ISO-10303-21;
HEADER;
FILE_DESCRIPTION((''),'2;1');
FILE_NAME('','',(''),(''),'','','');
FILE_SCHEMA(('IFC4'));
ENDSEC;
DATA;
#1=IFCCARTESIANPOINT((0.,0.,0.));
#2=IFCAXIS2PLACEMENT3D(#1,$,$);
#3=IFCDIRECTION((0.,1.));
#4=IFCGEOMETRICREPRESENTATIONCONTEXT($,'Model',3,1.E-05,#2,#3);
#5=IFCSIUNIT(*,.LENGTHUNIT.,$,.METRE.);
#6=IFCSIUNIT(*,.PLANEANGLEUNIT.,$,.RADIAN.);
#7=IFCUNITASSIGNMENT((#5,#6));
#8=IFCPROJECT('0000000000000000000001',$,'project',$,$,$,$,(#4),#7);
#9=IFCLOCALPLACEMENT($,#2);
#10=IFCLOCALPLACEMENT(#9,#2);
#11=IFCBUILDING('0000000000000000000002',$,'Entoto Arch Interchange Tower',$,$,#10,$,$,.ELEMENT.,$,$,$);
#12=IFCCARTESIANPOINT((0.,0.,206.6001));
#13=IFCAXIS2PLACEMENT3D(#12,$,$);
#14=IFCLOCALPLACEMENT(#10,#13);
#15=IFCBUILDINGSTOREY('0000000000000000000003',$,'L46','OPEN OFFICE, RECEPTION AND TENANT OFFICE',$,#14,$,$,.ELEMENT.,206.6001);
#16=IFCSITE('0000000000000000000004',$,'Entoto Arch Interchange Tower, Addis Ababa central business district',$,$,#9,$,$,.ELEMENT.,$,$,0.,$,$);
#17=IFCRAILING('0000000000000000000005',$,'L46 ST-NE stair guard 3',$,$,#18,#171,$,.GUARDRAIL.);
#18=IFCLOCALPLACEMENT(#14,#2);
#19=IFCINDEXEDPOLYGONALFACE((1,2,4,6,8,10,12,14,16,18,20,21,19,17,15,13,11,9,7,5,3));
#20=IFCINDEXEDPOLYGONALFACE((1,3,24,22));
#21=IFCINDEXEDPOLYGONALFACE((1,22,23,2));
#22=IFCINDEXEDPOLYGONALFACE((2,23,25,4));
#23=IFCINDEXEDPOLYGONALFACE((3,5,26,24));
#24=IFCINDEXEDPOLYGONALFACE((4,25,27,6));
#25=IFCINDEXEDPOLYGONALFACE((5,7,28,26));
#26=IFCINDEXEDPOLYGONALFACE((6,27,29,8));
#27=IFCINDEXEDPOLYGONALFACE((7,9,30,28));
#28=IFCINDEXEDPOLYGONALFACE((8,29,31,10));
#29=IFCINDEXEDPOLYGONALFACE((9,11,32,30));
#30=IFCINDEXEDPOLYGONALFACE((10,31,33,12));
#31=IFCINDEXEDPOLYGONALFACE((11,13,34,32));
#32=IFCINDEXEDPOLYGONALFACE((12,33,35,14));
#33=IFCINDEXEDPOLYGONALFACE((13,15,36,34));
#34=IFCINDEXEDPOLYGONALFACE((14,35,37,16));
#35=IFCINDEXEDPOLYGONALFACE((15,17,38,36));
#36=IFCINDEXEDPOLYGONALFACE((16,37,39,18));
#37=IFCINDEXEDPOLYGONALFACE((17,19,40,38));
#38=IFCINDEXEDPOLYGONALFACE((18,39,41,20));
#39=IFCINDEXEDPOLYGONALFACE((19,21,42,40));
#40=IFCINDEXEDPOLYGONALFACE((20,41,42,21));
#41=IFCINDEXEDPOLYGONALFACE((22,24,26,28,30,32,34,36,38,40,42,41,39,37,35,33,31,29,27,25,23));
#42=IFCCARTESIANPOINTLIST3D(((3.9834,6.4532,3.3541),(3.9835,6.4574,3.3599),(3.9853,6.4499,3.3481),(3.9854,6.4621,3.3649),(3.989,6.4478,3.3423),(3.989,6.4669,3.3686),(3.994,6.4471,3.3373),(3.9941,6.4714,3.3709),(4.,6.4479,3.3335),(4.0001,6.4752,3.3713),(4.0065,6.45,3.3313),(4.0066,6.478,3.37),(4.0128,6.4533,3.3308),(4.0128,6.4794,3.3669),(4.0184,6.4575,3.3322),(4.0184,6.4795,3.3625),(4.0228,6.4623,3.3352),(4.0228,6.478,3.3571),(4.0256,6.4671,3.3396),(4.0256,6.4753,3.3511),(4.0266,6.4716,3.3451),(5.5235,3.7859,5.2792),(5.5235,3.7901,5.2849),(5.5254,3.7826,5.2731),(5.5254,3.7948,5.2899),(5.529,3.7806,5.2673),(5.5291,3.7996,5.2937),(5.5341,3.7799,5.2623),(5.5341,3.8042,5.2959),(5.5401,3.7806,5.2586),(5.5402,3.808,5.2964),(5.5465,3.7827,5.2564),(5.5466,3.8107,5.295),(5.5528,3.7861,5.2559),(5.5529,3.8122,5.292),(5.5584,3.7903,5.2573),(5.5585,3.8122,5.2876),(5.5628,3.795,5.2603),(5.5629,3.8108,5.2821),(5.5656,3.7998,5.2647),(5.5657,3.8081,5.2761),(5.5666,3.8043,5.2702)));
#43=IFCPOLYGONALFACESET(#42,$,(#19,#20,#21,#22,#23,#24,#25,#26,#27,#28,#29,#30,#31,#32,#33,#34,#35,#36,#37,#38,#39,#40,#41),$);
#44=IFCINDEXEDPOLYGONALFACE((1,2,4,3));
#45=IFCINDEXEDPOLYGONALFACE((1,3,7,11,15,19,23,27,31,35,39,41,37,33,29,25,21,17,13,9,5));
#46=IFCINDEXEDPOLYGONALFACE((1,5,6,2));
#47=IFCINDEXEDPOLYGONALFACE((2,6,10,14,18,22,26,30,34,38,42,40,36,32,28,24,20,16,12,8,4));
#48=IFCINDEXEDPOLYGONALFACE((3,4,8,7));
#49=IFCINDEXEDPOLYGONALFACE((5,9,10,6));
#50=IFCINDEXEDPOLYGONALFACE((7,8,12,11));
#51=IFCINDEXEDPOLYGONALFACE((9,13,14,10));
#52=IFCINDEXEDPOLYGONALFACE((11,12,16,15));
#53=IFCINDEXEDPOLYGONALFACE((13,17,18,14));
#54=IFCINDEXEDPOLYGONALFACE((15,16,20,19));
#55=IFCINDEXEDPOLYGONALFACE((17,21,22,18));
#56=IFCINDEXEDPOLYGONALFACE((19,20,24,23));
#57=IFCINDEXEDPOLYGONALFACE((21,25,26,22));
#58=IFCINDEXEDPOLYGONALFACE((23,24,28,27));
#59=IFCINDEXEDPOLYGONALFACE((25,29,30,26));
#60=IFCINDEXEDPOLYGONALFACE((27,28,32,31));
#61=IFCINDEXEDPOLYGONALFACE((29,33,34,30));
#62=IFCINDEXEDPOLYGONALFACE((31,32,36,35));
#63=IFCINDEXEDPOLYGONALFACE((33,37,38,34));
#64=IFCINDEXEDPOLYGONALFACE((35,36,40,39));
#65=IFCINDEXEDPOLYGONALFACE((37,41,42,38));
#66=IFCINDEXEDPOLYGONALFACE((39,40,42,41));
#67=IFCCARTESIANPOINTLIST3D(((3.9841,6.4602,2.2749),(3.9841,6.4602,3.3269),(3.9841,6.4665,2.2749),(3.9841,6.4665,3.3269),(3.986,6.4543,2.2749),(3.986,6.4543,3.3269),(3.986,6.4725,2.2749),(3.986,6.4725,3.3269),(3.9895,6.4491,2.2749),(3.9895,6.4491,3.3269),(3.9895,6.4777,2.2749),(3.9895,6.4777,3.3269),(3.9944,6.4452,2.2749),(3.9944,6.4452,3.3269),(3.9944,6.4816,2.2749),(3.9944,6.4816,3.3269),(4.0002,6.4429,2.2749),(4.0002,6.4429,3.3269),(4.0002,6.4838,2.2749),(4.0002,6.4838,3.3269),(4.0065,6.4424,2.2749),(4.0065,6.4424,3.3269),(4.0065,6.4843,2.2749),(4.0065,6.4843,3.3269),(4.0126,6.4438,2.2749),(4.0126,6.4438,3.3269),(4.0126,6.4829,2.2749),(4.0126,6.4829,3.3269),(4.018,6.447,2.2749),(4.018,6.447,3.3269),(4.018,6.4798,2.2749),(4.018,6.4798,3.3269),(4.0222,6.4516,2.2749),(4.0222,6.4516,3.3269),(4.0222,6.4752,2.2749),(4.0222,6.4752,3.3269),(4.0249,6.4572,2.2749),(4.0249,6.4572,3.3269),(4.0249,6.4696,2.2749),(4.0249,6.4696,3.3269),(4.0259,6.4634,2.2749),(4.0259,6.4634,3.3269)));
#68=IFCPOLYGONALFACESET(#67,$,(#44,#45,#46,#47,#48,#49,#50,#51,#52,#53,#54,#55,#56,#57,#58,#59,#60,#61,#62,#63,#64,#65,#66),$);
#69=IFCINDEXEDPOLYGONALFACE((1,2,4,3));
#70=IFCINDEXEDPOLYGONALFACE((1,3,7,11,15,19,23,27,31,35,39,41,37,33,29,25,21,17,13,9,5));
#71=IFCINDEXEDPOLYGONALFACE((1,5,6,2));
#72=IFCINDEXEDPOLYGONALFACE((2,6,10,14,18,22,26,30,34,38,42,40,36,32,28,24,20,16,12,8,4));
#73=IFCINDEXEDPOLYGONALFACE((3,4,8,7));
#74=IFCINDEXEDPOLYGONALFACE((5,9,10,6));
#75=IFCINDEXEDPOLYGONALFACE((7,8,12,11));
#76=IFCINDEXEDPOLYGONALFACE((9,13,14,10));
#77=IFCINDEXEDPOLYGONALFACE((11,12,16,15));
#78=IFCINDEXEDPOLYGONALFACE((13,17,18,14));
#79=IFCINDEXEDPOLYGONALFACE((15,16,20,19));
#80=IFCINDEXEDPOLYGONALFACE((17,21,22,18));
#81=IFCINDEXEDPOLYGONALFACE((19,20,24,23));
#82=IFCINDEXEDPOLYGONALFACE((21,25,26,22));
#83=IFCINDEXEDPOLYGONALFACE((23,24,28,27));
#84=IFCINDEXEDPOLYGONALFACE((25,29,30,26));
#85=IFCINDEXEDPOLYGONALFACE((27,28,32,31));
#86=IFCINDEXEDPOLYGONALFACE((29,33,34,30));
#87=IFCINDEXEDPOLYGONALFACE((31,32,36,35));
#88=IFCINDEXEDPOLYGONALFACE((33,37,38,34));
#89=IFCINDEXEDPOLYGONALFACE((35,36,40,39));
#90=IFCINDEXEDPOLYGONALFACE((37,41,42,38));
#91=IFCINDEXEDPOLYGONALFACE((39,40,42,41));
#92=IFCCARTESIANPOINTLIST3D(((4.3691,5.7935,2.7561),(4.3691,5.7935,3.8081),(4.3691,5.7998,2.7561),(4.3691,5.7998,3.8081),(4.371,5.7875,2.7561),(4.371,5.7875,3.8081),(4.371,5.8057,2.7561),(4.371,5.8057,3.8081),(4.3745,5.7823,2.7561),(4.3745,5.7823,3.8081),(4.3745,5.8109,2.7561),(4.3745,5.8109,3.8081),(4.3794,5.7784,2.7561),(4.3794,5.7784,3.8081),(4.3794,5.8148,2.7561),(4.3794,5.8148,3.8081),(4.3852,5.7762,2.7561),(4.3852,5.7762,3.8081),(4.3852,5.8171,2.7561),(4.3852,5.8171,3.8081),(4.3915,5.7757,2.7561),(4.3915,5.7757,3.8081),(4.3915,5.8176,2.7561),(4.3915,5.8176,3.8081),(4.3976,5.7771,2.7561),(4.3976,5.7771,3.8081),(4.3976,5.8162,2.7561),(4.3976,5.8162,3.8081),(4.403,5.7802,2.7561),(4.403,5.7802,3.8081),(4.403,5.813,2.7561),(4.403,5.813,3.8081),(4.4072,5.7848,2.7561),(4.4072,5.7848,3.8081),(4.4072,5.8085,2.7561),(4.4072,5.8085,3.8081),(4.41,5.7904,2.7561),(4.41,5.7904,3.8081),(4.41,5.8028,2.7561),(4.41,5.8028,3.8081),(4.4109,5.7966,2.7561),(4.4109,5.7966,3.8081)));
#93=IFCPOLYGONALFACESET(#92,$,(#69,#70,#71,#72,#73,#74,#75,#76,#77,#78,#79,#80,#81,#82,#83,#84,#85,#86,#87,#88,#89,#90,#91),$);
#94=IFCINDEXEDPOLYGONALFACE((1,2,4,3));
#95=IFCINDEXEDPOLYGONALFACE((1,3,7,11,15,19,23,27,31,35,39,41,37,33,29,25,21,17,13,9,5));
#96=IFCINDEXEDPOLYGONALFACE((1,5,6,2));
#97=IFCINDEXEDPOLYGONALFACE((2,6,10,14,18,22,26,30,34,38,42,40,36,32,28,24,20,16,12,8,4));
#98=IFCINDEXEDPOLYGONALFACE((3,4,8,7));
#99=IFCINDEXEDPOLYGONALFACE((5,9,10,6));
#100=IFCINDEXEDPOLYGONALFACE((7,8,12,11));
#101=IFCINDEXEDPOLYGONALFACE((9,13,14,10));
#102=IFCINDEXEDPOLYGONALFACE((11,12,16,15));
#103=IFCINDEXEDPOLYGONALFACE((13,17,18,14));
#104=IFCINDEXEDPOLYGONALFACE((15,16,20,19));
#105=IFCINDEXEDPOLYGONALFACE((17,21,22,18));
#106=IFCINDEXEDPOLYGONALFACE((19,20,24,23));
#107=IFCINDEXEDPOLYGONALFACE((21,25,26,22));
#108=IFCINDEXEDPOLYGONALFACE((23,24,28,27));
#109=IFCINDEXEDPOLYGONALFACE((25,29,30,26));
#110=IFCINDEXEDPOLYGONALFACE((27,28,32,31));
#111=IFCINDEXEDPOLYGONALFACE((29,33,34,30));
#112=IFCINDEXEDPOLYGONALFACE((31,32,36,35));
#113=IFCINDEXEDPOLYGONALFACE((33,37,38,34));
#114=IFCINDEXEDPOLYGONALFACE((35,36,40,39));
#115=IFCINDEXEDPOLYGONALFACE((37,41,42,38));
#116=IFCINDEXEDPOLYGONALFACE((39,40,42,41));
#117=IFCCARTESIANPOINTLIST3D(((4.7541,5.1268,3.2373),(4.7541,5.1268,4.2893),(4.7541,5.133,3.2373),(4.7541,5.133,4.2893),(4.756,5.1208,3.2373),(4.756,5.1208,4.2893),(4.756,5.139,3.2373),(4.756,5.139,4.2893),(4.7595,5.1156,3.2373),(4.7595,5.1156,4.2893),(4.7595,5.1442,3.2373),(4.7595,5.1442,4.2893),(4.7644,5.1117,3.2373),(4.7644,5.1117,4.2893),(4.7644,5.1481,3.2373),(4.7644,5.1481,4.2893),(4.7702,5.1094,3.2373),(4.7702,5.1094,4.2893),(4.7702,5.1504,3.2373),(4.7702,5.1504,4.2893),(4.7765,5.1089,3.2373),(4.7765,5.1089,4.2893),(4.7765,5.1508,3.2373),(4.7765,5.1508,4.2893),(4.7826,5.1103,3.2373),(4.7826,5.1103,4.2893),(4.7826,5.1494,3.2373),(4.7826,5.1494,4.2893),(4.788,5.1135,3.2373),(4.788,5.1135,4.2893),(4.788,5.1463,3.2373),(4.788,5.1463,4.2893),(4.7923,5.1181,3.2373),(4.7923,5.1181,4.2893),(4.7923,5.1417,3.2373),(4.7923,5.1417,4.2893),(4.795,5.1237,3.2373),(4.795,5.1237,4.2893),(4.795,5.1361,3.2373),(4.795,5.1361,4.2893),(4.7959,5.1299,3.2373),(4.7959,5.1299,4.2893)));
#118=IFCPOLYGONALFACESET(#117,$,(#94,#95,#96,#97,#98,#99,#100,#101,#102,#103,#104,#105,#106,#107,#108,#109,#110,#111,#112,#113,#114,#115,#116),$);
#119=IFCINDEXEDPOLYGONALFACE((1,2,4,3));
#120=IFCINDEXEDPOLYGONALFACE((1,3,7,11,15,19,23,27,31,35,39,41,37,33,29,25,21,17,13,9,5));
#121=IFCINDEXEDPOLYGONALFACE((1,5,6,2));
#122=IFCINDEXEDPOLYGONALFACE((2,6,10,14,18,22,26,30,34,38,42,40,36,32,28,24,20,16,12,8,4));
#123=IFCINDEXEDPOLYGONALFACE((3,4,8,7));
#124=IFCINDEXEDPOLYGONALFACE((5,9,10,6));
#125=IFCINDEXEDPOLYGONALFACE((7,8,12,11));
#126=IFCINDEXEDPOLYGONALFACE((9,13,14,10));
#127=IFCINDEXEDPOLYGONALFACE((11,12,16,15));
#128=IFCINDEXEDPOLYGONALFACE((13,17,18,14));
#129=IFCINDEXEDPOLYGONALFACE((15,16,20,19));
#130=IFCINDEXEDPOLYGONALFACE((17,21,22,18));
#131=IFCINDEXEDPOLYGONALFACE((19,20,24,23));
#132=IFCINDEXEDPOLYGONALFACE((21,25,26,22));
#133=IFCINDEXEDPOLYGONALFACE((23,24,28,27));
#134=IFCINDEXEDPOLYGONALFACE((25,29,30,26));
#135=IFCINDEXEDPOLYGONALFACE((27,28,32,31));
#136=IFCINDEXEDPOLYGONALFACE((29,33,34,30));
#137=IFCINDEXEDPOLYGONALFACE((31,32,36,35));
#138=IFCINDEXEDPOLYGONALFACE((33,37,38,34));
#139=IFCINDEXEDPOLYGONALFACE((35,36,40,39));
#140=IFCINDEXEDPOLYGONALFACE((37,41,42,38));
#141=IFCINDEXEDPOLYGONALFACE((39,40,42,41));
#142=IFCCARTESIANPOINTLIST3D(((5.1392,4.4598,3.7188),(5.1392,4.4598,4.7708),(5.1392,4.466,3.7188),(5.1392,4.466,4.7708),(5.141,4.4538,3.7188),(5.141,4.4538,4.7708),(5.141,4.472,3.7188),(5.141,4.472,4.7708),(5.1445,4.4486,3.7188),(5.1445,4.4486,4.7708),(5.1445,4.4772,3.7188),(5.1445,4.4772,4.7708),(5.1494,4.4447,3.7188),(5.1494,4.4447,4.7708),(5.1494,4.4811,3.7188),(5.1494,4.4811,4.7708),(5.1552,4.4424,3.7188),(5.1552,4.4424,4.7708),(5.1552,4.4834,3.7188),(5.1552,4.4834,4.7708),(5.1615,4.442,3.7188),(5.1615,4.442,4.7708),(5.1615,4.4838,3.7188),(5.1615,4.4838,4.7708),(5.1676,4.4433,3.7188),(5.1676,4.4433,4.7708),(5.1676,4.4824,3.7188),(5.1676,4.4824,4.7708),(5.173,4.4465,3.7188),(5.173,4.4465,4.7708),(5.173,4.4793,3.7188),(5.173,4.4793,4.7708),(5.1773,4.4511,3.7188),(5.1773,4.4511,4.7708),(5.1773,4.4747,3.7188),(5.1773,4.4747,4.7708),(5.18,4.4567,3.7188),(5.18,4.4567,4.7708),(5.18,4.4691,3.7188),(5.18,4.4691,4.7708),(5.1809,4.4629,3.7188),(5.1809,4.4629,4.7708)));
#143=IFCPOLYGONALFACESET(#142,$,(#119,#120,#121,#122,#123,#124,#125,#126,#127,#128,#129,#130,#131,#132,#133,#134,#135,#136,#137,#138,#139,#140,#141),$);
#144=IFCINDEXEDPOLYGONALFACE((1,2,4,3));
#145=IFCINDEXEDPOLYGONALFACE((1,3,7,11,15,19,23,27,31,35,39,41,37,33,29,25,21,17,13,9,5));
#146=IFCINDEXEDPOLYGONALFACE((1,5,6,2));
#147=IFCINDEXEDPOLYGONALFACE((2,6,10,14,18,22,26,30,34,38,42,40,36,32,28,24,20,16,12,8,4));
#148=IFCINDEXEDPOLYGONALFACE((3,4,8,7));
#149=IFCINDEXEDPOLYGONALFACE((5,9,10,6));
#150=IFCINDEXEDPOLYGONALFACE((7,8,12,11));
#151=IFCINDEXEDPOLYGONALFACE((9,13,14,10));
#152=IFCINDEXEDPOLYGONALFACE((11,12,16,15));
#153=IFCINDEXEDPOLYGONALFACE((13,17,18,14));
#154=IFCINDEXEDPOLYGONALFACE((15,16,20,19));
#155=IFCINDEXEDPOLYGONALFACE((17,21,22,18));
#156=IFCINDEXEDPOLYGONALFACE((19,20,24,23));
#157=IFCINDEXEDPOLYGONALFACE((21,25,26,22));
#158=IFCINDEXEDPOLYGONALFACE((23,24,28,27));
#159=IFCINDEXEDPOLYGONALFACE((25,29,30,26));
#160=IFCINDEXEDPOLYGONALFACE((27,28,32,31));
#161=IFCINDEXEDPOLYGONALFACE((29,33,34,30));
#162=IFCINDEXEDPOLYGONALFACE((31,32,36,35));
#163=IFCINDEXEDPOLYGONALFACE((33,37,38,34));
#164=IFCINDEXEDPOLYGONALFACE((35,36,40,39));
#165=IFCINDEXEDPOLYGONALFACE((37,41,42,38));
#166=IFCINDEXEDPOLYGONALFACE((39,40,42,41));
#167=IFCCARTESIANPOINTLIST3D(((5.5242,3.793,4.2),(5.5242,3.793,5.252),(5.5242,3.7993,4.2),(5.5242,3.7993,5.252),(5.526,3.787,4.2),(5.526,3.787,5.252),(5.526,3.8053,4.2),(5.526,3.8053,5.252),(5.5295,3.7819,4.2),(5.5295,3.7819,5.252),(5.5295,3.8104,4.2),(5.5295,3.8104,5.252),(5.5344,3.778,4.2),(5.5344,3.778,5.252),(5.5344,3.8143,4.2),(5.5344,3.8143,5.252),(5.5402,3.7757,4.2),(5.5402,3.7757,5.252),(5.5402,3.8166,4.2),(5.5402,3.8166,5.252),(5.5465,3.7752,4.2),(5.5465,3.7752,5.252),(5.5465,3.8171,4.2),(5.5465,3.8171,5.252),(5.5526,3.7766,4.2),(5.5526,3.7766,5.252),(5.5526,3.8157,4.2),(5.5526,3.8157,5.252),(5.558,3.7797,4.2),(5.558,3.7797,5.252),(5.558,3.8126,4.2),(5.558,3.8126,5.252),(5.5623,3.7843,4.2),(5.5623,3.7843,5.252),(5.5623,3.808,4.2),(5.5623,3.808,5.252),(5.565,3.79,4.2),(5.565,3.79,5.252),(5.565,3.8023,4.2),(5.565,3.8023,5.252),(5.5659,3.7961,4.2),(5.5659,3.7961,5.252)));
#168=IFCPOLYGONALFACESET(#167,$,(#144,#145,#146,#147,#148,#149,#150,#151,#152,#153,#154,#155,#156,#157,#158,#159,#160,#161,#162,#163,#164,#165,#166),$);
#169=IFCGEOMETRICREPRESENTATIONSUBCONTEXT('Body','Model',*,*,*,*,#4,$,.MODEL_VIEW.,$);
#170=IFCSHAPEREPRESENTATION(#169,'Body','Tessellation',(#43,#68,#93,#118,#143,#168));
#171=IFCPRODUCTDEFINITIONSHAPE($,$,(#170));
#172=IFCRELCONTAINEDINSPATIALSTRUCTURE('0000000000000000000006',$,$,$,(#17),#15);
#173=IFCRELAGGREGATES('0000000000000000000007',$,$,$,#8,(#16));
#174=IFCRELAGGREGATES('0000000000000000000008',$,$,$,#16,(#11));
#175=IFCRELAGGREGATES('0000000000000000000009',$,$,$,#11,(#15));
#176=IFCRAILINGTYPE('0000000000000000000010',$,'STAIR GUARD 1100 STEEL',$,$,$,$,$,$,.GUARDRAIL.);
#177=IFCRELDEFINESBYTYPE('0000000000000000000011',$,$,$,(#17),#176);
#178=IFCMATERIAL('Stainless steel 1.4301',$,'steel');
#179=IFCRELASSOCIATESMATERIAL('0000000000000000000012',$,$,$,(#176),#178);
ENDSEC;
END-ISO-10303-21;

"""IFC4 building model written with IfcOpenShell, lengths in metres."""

from ifc_helpers import new_model, si_unit, direction, frame, origin, origin_2d, place, context, subcontext, project, spatial, circle, extrude, material, type_object, element, save


model = new_model("IFC4")

# Units and contexts
model_context = context("Model", 3, precision=1e-05, world=origin(), true_north=direction((0.0, 1.0)))
body_context = subcontext(model_context, "Body", "Model", "MODEL_VIEW")
ifc_project = project(units=[si_unit("LENGTHUNIT", "METRE"), si_unit("PLANEANGLEUNIT", "RADIAN")], contexts=[model_context])

# Site, building, storey
site_placement = place(None, origin())
site = spatial("IfcSite", under=ifc_project, at=site_placement, Name="Entoto Arch Interchange Tower, Addis Ababa central business district", CompositionType="ELEMENT", RefElevation=0.0)
building_placement = place(site_placement, origin())
building = spatial("IfcBuilding", under=site, at=building_placement, Name="Entoto Arch Interchange Tower", CompositionType="ELEMENT")
storey_placement = place(building_placement, frame((0.0, 0.0, 206.6001)))
storey = spatial("IfcBuildingStorey", under=building, at=storey_placement, Name="L46", Description="OPEN OFFICE, RECEPTION AND TENANT OFFICE", CompositionType="ELEMENT", Elevation=206.6001)

# Railing
ifc_material_1 = material(Name="Stainless steel 1.4301", Category="steel")
railing_type_1 = type_object("IfcRailingType", Name="STAIR GUARD 1100 STEEL", PredefinedType="GUARDRAIL", material=ifc_material_1)
railing_1_placement = place(storey_placement, frame((4.0049, 6.4634, 2.2749)))
element("IfcRailing", 1, at=railing_1_placement, inside=storey, type_object=railing_type_1, Name="L46 ST-NE stair guard 3", PredefinedType="GUARDRAIL", context=body_context, shape_type="SweptSolid", body=[
    extrude(circle(Radius=0.0239, at=origin_2d()), frame((0.0, 0.0, 1.0762), z_axis=(0.424015, -0.734364, 0.530019), x_axis=(0.86601, 0.500027, 0.0)), (0.0, 0.0, 1.0), 3.6321),
    extrude(circle(Radius=0.021, at=origin_2d()), origin(), (0.0, 0.0, 1.0), 1.052),
    extrude(circle(Radius=0.021, at=origin_2d()), frame((0.385, -0.6667, 0.4812)), (0.0, 0.0, 1.0), 1.052),
    extrude(circle(Radius=0.021, at=origin_2d()), frame((0.77, -1.3335, 0.9624)), (0.0, 0.0, 1.0), 1.052),
    extrude(circle(Radius=0.021, at=origin_2d()), frame((1.155, -2.0005, 1.4438)), (0.0, 0.0, 1.0), 1.052),
    extrude(circle(Radius=0.021, at=origin_2d()), frame((1.54, -2.6672, 1.925)), (0.0, 0.0, 1.0), 1.052),
])

save(model, "model.ifc")
